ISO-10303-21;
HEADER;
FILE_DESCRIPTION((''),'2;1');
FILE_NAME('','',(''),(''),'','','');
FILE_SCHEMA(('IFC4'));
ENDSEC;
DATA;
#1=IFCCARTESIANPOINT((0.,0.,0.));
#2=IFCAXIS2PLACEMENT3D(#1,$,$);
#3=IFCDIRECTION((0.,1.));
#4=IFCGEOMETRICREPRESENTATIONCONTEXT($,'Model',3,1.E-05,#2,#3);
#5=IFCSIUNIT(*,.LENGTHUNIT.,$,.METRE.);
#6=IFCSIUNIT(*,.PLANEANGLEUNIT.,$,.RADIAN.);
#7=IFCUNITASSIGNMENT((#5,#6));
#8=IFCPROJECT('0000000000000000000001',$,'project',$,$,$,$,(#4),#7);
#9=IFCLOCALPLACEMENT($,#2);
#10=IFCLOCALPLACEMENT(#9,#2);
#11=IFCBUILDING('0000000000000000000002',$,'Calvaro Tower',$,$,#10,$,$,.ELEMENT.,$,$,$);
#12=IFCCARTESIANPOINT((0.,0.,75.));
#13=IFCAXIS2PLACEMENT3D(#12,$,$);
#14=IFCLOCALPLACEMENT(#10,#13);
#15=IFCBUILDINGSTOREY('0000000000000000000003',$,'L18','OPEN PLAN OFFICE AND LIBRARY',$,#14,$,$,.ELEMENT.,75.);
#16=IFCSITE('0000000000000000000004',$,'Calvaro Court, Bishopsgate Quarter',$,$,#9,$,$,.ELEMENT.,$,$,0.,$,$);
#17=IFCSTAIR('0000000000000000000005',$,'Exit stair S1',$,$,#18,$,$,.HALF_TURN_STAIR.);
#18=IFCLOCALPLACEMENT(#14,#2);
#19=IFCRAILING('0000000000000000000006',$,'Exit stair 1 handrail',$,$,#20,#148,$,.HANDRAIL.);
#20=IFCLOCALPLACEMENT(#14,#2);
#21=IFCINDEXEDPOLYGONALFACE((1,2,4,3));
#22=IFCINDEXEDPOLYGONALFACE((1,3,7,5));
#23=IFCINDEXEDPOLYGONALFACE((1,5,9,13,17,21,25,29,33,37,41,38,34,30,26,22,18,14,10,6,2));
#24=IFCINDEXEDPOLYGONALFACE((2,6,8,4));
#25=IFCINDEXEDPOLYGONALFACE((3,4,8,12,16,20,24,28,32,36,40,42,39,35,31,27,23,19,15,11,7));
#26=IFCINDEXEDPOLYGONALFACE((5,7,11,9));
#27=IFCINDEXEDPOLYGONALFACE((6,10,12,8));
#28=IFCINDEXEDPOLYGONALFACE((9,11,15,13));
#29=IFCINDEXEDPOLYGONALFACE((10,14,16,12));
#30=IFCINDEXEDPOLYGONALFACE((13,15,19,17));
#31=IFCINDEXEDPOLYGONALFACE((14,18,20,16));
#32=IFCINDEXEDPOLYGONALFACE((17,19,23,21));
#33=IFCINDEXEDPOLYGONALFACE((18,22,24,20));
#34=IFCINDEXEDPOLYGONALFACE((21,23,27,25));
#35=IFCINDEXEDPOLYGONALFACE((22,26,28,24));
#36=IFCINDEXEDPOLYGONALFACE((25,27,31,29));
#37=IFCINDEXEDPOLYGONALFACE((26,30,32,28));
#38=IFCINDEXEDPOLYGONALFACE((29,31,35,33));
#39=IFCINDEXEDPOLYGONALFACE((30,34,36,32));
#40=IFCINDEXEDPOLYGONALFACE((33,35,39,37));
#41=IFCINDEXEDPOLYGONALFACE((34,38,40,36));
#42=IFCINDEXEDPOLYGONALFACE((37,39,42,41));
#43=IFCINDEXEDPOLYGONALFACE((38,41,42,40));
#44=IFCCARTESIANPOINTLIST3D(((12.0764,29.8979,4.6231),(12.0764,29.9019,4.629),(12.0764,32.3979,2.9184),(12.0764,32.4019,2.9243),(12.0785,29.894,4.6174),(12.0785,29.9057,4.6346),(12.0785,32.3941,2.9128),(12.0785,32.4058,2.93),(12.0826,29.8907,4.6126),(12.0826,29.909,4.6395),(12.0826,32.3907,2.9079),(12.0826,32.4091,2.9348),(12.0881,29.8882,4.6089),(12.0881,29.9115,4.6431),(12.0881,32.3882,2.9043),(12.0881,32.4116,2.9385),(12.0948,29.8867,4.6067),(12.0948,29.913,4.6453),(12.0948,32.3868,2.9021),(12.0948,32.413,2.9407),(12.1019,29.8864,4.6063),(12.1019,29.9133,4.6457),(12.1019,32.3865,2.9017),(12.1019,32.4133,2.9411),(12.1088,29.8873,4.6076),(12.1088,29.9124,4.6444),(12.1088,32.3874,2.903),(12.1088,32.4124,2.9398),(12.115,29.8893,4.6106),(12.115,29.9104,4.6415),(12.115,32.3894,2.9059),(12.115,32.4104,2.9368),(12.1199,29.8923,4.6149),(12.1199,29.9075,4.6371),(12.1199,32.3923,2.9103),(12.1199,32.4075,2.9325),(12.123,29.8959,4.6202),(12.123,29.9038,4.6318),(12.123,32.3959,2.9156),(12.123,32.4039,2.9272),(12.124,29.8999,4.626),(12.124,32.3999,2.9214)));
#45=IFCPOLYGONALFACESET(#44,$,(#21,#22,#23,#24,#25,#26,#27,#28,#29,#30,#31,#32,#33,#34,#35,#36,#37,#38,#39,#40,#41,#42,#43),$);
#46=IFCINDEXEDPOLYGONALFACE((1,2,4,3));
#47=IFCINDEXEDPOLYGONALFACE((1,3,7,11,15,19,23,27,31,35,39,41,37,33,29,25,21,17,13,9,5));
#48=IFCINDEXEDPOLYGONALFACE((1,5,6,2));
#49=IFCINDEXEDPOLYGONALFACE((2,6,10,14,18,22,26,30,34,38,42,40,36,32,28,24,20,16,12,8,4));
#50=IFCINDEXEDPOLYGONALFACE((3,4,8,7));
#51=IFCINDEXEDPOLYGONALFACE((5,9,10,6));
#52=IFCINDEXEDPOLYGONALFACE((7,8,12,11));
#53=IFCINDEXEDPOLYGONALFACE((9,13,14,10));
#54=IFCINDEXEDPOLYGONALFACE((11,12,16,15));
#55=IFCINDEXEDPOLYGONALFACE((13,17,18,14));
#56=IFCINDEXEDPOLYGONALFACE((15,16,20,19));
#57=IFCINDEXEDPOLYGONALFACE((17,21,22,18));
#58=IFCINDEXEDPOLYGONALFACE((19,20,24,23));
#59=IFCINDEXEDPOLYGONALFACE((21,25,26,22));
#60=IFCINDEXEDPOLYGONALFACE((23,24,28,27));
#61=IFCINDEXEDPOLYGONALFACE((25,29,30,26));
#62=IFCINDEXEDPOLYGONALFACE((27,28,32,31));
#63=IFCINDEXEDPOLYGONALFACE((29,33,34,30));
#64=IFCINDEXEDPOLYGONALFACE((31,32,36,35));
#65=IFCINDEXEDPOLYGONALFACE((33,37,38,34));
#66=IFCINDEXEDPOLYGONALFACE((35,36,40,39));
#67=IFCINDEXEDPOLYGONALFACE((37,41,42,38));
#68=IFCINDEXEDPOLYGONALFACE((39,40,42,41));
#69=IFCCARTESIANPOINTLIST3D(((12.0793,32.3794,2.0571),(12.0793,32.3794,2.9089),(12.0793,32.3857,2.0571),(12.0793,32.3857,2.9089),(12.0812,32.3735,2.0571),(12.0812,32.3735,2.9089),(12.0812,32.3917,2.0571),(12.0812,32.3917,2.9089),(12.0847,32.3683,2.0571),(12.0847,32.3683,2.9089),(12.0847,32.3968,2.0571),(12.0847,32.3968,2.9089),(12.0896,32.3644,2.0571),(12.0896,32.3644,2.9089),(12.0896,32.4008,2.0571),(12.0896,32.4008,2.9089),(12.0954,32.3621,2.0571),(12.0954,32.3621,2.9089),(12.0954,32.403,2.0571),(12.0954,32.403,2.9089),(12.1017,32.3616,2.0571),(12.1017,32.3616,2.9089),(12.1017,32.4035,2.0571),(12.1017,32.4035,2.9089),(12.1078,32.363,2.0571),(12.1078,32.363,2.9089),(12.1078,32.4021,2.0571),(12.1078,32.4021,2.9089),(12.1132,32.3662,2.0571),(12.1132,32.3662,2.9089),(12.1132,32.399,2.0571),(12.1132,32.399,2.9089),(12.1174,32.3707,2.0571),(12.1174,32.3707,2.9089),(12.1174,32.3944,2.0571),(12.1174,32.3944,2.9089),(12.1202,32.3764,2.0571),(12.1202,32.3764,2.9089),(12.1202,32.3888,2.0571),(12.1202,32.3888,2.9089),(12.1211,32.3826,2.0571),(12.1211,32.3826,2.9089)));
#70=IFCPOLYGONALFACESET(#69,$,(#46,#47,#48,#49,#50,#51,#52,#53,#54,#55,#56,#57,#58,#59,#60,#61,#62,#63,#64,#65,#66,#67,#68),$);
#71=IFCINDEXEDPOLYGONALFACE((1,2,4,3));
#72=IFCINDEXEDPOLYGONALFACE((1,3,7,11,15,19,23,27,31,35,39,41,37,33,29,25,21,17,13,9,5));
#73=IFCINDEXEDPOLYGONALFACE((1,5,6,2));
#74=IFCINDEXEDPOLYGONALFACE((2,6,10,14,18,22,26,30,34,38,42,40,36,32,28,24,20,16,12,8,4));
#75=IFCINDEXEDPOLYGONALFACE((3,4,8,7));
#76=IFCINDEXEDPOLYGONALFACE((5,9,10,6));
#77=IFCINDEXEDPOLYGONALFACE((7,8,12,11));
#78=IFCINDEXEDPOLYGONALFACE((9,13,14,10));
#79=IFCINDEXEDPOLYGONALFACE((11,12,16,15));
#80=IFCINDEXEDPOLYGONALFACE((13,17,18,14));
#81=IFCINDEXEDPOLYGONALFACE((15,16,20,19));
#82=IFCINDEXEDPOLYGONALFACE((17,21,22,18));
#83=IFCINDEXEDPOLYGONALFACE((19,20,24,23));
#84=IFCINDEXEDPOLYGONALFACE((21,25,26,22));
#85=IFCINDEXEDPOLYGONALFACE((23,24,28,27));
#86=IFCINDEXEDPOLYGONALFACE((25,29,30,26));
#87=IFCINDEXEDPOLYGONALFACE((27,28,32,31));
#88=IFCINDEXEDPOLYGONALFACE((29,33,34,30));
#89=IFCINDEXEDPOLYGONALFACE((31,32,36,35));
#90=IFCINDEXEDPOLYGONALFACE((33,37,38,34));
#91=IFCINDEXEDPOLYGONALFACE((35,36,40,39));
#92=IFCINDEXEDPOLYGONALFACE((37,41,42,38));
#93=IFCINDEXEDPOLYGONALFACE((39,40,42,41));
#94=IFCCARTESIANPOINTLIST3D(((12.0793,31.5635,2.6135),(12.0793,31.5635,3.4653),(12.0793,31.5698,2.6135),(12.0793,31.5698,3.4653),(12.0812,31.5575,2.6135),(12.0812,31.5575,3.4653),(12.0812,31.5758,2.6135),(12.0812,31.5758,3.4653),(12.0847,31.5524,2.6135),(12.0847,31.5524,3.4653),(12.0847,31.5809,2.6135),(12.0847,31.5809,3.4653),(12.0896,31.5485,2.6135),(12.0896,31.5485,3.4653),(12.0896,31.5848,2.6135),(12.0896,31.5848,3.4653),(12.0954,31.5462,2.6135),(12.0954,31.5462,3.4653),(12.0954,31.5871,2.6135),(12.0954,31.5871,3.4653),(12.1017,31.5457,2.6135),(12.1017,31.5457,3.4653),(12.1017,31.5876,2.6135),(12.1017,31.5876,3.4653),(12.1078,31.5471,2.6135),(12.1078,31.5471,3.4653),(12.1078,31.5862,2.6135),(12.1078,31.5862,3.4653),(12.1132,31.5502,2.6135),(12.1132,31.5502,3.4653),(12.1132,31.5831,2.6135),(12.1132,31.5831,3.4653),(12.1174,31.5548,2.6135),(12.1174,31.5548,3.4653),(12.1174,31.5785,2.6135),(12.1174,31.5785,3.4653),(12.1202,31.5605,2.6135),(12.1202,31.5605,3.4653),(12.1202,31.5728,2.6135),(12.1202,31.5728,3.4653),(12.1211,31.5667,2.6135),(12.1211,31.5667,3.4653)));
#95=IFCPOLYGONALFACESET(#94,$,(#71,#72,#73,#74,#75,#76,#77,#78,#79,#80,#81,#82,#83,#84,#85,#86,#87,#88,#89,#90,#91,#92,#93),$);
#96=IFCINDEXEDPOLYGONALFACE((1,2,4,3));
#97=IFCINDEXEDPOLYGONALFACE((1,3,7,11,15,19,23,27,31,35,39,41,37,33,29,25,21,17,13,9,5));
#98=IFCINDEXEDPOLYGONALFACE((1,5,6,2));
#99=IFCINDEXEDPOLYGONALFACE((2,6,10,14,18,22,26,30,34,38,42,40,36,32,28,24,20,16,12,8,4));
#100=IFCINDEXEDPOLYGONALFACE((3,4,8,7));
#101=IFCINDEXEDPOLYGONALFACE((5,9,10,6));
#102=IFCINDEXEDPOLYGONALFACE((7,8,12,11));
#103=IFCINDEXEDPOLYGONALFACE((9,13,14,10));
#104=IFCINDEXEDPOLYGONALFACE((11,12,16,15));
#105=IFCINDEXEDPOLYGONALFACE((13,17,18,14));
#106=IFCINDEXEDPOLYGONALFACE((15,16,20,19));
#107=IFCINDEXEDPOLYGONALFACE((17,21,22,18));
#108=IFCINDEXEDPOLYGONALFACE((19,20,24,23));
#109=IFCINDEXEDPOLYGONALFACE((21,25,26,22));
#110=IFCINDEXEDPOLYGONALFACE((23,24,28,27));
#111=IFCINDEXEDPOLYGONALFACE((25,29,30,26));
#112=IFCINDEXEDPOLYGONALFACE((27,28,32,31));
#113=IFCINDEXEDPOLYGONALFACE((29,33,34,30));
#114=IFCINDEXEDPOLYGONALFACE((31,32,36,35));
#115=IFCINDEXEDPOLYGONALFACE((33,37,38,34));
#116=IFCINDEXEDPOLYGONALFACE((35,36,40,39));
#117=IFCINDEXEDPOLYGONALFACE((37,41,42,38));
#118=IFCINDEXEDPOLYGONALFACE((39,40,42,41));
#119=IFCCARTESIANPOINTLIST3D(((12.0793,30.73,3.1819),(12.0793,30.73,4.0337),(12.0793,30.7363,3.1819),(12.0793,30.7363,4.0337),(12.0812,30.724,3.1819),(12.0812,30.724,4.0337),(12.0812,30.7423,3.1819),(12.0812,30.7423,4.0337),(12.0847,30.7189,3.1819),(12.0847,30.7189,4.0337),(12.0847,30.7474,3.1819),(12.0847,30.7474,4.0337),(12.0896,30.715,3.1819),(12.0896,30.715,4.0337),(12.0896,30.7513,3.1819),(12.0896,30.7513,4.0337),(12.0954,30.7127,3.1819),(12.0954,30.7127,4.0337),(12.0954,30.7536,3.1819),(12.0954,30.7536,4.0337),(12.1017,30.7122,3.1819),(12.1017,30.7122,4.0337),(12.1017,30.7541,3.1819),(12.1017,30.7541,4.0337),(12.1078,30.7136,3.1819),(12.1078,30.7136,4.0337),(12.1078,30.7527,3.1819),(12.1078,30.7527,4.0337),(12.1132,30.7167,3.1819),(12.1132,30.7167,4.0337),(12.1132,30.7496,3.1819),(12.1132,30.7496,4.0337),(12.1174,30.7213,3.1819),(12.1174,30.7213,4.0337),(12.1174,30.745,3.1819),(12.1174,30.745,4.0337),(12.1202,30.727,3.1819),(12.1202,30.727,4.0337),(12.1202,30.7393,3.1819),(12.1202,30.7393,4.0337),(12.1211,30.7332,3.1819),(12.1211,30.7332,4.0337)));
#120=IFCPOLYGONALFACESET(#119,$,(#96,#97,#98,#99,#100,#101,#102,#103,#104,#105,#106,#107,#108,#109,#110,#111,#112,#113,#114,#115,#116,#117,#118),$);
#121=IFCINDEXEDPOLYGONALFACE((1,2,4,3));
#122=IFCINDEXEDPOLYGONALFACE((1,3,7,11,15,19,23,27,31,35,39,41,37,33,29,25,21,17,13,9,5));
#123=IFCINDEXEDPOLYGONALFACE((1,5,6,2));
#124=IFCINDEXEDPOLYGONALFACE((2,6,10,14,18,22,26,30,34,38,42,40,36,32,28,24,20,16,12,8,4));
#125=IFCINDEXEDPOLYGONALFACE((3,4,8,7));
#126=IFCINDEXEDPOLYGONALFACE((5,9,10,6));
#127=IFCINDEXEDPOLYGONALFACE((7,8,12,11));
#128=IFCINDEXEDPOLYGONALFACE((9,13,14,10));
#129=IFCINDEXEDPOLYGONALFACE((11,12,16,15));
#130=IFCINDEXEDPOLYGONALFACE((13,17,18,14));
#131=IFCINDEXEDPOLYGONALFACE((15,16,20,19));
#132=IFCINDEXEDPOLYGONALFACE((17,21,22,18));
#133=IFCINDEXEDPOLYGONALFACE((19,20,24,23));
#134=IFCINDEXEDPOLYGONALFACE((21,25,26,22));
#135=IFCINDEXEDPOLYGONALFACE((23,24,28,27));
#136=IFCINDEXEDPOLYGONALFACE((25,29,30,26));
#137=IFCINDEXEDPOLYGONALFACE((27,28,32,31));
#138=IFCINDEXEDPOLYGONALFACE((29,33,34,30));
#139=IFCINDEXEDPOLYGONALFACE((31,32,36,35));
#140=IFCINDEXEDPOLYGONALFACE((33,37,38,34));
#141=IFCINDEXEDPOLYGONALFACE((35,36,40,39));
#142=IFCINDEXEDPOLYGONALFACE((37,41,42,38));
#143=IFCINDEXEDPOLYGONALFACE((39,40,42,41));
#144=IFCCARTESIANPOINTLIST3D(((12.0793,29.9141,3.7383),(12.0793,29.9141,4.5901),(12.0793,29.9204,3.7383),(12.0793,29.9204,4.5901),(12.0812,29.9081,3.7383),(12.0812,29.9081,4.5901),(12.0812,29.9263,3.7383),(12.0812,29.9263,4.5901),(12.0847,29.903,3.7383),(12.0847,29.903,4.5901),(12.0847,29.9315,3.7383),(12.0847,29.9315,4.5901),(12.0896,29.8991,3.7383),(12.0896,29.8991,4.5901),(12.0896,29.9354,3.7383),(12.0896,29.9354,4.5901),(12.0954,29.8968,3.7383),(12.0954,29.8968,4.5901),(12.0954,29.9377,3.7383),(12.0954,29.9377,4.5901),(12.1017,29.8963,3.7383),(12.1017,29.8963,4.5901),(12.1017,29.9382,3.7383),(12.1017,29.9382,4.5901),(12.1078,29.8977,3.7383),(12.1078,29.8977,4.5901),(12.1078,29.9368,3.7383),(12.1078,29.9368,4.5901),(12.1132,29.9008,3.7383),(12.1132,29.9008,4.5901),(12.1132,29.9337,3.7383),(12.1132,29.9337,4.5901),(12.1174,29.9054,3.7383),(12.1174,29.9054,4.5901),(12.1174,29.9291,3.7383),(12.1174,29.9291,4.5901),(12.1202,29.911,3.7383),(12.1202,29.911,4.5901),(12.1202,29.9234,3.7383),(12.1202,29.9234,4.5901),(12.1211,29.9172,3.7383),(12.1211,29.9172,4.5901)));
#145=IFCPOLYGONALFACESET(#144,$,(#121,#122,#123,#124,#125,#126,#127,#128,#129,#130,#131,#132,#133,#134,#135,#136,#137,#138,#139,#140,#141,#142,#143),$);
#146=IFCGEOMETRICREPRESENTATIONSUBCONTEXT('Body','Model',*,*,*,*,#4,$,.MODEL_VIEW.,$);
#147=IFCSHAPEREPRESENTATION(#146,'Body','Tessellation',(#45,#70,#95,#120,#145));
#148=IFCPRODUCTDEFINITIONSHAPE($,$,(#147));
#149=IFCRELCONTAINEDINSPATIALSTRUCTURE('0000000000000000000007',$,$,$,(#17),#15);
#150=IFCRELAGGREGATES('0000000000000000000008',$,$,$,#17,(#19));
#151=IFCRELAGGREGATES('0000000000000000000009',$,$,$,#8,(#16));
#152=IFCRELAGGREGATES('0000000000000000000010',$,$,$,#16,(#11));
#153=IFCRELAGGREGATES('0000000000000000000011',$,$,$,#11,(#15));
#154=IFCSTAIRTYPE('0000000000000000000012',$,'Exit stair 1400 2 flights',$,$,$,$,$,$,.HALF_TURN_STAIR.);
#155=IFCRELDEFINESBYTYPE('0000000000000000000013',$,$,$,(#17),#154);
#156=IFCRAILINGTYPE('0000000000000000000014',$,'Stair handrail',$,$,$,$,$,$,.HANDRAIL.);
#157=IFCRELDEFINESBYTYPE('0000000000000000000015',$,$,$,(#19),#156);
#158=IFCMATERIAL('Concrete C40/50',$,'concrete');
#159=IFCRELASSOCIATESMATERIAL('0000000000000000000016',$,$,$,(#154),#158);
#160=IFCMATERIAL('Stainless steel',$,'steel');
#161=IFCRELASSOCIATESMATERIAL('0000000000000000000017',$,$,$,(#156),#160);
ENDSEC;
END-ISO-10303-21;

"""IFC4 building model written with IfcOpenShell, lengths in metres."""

from ifc_helpers import new_model, si_unit, direction, frame, origin, origin_2d, place, context, subcontext, project, spatial, circle, extrude, material, type_object, element, aggregate, save


model = new_model("IFC4")

# Units and contexts
model_context = context("Model", 3, precision=1e-05, world=origin(), true_north=direction((0.0, 1.0)))
body_context = subcontext(model_context, "Body", "Model", "MODEL_VIEW")
ifc_project = project(units=[si_unit("LENGTHUNIT", "METRE"), si_unit("PLANEANGLEUNIT", "RADIAN")], contexts=[model_context])

# Site, building, storey
site_placement = place(None, origin())
site = spatial("IfcSite", under=ifc_project, at=site_placement, Name="Calvaro Court, Bishopsgate Quarter", CompositionType="ELEMENT", RefElevation=0.0)
building_placement = place(site_placement, origin())
building = spatial("IfcBuilding", under=site, at=building_placement, Name="Calvaro Tower", CompositionType="ELEMENT")
storey_placement = place(building_placement, frame((0.0, 0.0, 75.0)))
storey = spatial("IfcBuildingStorey", under=building, at=storey_placement, Name="L18", Description="OPEN PLAN OFFICE AND LIBRARY", CompositionType="ELEMENT", Elevation=75.0)

# Stair, railing
ifc_material_1 = material(Name="Concrete C40/50", Category="concrete")
stair_type = type_object("IfcStairType", Name="Exit stair 1400 2 flights", PredefinedType="HALF_TURN_STAIR", material=ifc_material_1)
stair_placement = place(storey_placement, origin())
stair = element("IfcStair", 1, at=stair_placement, inside=storey, type_object=stair_type, Name="Exit stair S1", PredefinedType="HALF_TURN_STAIR")
ifc_material_2 = material(Name="Stainless steel", Category="steel")
railing_type = type_object("IfcRailingType", Name="Stair handrail", PredefinedType="HANDRAIL", material=ifc_material_2)
railing_1_placement = place(storey_placement, frame((12.1001, 32.3999, 2.0454)))
railing_1 = element("IfcRailing", 2, at=railing_1_placement, type_object=railing_type, Name="Exit stair 1 handrail", PredefinedType="HANDRAIL", context=body_context, shape_type="SweptSolid", body=[
    extrude(circle(Radius=0.0239, at=origin_2d()), frame((0.0, 0.0, 0.876), z_axis=(0.0, -0.826221, 0.563347), x_axis=(1.0, 0.0, 0.0)), (0.0, 0.0, 1.0), 3.0259),
    extrude(circle(Radius=0.021, at=origin_2d()), frame((0.0, -0.0173, 0.0117)), (0.0, 0.0, 1.0), 0.8518),
    extrude(circle(Radius=0.021, at=origin_2d()), frame((0.0, -0.8333, 0.5681)), (0.0, 0.0, 1.0), 0.8518),
    extrude(circle(Radius=0.021, at=origin_2d()), frame((0.0, -1.6667, 1.1365)), (0.0, 0.0, 1.0), 0.8518),
    extrude(circle(Radius=0.021, at=origin_2d()), frame((0.0, -2.4827, 1.6929)), (0.0, 0.0, 1.0), 0.8518),
])
aggregate(stair, [railing_1])

save(model, "model.ifc")
